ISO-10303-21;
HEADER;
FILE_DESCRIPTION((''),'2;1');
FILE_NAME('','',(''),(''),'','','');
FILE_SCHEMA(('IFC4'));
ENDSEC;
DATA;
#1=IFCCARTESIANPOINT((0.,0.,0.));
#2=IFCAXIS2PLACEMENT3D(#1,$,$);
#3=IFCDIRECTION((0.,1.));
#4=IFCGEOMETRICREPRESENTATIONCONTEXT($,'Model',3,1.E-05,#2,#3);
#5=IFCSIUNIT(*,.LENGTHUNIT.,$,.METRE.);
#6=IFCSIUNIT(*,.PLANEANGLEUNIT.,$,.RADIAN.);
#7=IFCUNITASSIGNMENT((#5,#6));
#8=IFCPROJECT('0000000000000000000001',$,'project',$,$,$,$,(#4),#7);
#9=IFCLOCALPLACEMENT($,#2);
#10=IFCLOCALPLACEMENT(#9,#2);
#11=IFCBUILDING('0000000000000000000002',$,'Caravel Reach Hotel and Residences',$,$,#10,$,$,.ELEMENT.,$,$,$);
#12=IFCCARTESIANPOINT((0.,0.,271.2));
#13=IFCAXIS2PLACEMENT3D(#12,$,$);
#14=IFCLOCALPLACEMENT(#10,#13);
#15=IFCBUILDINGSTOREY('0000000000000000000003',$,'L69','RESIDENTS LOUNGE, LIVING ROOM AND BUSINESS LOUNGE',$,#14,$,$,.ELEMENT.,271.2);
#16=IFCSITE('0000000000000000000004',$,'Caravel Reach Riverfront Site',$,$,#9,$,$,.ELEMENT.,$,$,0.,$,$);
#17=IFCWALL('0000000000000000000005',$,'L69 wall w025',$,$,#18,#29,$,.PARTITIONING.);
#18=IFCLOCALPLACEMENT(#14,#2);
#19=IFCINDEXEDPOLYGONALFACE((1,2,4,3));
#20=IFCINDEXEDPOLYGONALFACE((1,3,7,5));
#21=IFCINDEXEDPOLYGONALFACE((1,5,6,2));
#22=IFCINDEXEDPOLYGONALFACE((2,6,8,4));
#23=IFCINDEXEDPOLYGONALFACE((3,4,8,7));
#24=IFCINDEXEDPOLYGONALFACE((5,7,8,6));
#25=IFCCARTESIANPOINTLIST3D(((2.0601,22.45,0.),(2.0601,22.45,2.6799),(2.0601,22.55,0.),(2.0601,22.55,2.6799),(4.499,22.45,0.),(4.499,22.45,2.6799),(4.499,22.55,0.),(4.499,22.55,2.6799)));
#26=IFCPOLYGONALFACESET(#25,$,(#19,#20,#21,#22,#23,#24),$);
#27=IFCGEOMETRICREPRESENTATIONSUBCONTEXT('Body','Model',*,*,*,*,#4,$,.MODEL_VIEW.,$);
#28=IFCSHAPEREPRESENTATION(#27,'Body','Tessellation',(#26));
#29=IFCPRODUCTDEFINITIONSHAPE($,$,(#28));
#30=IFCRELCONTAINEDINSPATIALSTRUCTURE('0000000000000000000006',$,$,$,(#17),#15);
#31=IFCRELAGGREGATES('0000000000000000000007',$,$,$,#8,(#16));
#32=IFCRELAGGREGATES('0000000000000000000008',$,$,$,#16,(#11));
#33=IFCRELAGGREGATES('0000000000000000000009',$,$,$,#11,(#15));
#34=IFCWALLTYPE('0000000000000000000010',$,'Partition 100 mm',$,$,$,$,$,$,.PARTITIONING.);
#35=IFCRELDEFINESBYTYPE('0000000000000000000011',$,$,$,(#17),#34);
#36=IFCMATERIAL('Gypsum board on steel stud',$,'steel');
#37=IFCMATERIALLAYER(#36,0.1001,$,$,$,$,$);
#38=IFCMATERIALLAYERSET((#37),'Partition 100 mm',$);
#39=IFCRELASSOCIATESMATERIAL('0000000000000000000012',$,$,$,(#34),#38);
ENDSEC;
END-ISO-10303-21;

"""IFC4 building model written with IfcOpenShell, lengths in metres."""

from ifc_helpers import new_model, si_unit, direction, frame, frame_2d, origin, place, context, subcontext, project, spatial, rectangle, extrude, material, layer, layer_set, type_object, element, save


model = new_model("IFC4")

# Units and contexts
model_context = context("Model", 3, precision=1e-05, world=origin(), true_north=direction((0.0, 1.0)))
body_context = subcontext(model_context, "Body", "Model", "MODEL_VIEW")
ifc_project = project(units=[si_unit("LENGTHUNIT", "METRE"), si_unit("PLANEANGLEUNIT", "RADIAN")], contexts=[model_context])

# Site, building, storey
site_placement = place(None, origin())
site = spatial("IfcSite", under=ifc_project, at=site_placement, Name="Caravel Reach Riverfront Site", CompositionType="ELEMENT", RefElevation=0.0)
building_placement = place(site_placement, origin())
building = spatial("IfcBuilding", under=site, at=building_placement, Name="Caravel Reach Hotel and Residences", CompositionType="ELEMENT")
storey_placement = place(building_placement, frame((0.0, 0.0, 271.2)))
storey = spatial("IfcBuildingStorey", under=building, at=storey_placement, Name="L69", Description="RESIDENTS LOUNGE, LIVING ROOM AND BUSINESS LOUNGE", CompositionType="ELEMENT", Elevation=271.2)

# Wall
ifc_material_1 = material(Name="Gypsum board on steel stud", Category="steel")
ifc_layer_1 = layer(ifc_material_1, 0.1001)
ifc_layer_set_1 = layer_set([ifc_layer_1], Name="Partition 100 mm")
wall_type_1 = type_object("IfcWallType", Name="Partition 100 mm", PredefinedType="PARTITIONING", material=ifc_layer_set_1)
wall_1_placement = place(storey_placement, frame((2.0601, 22.5, 0.0), z_axis=(0.0, 0.0, 1.0), x_axis=(1.0, 0.0, 0.0)))
element("IfcWall", 1, at=wall_1_placement, inside=storey, type_object=wall_type_1, Name="L69 wall w025", PredefinedType="PARTITIONING", context=body_context, shape_type="SweptSolid", body=[
    extrude(rectangle(XDim=2.439, YDim=0.1001, at=frame_2d((1.2195, 0.0))), origin(), (0.0, 0.0, 1.0), 2.6799),
])

save(model, "model.ifc")
